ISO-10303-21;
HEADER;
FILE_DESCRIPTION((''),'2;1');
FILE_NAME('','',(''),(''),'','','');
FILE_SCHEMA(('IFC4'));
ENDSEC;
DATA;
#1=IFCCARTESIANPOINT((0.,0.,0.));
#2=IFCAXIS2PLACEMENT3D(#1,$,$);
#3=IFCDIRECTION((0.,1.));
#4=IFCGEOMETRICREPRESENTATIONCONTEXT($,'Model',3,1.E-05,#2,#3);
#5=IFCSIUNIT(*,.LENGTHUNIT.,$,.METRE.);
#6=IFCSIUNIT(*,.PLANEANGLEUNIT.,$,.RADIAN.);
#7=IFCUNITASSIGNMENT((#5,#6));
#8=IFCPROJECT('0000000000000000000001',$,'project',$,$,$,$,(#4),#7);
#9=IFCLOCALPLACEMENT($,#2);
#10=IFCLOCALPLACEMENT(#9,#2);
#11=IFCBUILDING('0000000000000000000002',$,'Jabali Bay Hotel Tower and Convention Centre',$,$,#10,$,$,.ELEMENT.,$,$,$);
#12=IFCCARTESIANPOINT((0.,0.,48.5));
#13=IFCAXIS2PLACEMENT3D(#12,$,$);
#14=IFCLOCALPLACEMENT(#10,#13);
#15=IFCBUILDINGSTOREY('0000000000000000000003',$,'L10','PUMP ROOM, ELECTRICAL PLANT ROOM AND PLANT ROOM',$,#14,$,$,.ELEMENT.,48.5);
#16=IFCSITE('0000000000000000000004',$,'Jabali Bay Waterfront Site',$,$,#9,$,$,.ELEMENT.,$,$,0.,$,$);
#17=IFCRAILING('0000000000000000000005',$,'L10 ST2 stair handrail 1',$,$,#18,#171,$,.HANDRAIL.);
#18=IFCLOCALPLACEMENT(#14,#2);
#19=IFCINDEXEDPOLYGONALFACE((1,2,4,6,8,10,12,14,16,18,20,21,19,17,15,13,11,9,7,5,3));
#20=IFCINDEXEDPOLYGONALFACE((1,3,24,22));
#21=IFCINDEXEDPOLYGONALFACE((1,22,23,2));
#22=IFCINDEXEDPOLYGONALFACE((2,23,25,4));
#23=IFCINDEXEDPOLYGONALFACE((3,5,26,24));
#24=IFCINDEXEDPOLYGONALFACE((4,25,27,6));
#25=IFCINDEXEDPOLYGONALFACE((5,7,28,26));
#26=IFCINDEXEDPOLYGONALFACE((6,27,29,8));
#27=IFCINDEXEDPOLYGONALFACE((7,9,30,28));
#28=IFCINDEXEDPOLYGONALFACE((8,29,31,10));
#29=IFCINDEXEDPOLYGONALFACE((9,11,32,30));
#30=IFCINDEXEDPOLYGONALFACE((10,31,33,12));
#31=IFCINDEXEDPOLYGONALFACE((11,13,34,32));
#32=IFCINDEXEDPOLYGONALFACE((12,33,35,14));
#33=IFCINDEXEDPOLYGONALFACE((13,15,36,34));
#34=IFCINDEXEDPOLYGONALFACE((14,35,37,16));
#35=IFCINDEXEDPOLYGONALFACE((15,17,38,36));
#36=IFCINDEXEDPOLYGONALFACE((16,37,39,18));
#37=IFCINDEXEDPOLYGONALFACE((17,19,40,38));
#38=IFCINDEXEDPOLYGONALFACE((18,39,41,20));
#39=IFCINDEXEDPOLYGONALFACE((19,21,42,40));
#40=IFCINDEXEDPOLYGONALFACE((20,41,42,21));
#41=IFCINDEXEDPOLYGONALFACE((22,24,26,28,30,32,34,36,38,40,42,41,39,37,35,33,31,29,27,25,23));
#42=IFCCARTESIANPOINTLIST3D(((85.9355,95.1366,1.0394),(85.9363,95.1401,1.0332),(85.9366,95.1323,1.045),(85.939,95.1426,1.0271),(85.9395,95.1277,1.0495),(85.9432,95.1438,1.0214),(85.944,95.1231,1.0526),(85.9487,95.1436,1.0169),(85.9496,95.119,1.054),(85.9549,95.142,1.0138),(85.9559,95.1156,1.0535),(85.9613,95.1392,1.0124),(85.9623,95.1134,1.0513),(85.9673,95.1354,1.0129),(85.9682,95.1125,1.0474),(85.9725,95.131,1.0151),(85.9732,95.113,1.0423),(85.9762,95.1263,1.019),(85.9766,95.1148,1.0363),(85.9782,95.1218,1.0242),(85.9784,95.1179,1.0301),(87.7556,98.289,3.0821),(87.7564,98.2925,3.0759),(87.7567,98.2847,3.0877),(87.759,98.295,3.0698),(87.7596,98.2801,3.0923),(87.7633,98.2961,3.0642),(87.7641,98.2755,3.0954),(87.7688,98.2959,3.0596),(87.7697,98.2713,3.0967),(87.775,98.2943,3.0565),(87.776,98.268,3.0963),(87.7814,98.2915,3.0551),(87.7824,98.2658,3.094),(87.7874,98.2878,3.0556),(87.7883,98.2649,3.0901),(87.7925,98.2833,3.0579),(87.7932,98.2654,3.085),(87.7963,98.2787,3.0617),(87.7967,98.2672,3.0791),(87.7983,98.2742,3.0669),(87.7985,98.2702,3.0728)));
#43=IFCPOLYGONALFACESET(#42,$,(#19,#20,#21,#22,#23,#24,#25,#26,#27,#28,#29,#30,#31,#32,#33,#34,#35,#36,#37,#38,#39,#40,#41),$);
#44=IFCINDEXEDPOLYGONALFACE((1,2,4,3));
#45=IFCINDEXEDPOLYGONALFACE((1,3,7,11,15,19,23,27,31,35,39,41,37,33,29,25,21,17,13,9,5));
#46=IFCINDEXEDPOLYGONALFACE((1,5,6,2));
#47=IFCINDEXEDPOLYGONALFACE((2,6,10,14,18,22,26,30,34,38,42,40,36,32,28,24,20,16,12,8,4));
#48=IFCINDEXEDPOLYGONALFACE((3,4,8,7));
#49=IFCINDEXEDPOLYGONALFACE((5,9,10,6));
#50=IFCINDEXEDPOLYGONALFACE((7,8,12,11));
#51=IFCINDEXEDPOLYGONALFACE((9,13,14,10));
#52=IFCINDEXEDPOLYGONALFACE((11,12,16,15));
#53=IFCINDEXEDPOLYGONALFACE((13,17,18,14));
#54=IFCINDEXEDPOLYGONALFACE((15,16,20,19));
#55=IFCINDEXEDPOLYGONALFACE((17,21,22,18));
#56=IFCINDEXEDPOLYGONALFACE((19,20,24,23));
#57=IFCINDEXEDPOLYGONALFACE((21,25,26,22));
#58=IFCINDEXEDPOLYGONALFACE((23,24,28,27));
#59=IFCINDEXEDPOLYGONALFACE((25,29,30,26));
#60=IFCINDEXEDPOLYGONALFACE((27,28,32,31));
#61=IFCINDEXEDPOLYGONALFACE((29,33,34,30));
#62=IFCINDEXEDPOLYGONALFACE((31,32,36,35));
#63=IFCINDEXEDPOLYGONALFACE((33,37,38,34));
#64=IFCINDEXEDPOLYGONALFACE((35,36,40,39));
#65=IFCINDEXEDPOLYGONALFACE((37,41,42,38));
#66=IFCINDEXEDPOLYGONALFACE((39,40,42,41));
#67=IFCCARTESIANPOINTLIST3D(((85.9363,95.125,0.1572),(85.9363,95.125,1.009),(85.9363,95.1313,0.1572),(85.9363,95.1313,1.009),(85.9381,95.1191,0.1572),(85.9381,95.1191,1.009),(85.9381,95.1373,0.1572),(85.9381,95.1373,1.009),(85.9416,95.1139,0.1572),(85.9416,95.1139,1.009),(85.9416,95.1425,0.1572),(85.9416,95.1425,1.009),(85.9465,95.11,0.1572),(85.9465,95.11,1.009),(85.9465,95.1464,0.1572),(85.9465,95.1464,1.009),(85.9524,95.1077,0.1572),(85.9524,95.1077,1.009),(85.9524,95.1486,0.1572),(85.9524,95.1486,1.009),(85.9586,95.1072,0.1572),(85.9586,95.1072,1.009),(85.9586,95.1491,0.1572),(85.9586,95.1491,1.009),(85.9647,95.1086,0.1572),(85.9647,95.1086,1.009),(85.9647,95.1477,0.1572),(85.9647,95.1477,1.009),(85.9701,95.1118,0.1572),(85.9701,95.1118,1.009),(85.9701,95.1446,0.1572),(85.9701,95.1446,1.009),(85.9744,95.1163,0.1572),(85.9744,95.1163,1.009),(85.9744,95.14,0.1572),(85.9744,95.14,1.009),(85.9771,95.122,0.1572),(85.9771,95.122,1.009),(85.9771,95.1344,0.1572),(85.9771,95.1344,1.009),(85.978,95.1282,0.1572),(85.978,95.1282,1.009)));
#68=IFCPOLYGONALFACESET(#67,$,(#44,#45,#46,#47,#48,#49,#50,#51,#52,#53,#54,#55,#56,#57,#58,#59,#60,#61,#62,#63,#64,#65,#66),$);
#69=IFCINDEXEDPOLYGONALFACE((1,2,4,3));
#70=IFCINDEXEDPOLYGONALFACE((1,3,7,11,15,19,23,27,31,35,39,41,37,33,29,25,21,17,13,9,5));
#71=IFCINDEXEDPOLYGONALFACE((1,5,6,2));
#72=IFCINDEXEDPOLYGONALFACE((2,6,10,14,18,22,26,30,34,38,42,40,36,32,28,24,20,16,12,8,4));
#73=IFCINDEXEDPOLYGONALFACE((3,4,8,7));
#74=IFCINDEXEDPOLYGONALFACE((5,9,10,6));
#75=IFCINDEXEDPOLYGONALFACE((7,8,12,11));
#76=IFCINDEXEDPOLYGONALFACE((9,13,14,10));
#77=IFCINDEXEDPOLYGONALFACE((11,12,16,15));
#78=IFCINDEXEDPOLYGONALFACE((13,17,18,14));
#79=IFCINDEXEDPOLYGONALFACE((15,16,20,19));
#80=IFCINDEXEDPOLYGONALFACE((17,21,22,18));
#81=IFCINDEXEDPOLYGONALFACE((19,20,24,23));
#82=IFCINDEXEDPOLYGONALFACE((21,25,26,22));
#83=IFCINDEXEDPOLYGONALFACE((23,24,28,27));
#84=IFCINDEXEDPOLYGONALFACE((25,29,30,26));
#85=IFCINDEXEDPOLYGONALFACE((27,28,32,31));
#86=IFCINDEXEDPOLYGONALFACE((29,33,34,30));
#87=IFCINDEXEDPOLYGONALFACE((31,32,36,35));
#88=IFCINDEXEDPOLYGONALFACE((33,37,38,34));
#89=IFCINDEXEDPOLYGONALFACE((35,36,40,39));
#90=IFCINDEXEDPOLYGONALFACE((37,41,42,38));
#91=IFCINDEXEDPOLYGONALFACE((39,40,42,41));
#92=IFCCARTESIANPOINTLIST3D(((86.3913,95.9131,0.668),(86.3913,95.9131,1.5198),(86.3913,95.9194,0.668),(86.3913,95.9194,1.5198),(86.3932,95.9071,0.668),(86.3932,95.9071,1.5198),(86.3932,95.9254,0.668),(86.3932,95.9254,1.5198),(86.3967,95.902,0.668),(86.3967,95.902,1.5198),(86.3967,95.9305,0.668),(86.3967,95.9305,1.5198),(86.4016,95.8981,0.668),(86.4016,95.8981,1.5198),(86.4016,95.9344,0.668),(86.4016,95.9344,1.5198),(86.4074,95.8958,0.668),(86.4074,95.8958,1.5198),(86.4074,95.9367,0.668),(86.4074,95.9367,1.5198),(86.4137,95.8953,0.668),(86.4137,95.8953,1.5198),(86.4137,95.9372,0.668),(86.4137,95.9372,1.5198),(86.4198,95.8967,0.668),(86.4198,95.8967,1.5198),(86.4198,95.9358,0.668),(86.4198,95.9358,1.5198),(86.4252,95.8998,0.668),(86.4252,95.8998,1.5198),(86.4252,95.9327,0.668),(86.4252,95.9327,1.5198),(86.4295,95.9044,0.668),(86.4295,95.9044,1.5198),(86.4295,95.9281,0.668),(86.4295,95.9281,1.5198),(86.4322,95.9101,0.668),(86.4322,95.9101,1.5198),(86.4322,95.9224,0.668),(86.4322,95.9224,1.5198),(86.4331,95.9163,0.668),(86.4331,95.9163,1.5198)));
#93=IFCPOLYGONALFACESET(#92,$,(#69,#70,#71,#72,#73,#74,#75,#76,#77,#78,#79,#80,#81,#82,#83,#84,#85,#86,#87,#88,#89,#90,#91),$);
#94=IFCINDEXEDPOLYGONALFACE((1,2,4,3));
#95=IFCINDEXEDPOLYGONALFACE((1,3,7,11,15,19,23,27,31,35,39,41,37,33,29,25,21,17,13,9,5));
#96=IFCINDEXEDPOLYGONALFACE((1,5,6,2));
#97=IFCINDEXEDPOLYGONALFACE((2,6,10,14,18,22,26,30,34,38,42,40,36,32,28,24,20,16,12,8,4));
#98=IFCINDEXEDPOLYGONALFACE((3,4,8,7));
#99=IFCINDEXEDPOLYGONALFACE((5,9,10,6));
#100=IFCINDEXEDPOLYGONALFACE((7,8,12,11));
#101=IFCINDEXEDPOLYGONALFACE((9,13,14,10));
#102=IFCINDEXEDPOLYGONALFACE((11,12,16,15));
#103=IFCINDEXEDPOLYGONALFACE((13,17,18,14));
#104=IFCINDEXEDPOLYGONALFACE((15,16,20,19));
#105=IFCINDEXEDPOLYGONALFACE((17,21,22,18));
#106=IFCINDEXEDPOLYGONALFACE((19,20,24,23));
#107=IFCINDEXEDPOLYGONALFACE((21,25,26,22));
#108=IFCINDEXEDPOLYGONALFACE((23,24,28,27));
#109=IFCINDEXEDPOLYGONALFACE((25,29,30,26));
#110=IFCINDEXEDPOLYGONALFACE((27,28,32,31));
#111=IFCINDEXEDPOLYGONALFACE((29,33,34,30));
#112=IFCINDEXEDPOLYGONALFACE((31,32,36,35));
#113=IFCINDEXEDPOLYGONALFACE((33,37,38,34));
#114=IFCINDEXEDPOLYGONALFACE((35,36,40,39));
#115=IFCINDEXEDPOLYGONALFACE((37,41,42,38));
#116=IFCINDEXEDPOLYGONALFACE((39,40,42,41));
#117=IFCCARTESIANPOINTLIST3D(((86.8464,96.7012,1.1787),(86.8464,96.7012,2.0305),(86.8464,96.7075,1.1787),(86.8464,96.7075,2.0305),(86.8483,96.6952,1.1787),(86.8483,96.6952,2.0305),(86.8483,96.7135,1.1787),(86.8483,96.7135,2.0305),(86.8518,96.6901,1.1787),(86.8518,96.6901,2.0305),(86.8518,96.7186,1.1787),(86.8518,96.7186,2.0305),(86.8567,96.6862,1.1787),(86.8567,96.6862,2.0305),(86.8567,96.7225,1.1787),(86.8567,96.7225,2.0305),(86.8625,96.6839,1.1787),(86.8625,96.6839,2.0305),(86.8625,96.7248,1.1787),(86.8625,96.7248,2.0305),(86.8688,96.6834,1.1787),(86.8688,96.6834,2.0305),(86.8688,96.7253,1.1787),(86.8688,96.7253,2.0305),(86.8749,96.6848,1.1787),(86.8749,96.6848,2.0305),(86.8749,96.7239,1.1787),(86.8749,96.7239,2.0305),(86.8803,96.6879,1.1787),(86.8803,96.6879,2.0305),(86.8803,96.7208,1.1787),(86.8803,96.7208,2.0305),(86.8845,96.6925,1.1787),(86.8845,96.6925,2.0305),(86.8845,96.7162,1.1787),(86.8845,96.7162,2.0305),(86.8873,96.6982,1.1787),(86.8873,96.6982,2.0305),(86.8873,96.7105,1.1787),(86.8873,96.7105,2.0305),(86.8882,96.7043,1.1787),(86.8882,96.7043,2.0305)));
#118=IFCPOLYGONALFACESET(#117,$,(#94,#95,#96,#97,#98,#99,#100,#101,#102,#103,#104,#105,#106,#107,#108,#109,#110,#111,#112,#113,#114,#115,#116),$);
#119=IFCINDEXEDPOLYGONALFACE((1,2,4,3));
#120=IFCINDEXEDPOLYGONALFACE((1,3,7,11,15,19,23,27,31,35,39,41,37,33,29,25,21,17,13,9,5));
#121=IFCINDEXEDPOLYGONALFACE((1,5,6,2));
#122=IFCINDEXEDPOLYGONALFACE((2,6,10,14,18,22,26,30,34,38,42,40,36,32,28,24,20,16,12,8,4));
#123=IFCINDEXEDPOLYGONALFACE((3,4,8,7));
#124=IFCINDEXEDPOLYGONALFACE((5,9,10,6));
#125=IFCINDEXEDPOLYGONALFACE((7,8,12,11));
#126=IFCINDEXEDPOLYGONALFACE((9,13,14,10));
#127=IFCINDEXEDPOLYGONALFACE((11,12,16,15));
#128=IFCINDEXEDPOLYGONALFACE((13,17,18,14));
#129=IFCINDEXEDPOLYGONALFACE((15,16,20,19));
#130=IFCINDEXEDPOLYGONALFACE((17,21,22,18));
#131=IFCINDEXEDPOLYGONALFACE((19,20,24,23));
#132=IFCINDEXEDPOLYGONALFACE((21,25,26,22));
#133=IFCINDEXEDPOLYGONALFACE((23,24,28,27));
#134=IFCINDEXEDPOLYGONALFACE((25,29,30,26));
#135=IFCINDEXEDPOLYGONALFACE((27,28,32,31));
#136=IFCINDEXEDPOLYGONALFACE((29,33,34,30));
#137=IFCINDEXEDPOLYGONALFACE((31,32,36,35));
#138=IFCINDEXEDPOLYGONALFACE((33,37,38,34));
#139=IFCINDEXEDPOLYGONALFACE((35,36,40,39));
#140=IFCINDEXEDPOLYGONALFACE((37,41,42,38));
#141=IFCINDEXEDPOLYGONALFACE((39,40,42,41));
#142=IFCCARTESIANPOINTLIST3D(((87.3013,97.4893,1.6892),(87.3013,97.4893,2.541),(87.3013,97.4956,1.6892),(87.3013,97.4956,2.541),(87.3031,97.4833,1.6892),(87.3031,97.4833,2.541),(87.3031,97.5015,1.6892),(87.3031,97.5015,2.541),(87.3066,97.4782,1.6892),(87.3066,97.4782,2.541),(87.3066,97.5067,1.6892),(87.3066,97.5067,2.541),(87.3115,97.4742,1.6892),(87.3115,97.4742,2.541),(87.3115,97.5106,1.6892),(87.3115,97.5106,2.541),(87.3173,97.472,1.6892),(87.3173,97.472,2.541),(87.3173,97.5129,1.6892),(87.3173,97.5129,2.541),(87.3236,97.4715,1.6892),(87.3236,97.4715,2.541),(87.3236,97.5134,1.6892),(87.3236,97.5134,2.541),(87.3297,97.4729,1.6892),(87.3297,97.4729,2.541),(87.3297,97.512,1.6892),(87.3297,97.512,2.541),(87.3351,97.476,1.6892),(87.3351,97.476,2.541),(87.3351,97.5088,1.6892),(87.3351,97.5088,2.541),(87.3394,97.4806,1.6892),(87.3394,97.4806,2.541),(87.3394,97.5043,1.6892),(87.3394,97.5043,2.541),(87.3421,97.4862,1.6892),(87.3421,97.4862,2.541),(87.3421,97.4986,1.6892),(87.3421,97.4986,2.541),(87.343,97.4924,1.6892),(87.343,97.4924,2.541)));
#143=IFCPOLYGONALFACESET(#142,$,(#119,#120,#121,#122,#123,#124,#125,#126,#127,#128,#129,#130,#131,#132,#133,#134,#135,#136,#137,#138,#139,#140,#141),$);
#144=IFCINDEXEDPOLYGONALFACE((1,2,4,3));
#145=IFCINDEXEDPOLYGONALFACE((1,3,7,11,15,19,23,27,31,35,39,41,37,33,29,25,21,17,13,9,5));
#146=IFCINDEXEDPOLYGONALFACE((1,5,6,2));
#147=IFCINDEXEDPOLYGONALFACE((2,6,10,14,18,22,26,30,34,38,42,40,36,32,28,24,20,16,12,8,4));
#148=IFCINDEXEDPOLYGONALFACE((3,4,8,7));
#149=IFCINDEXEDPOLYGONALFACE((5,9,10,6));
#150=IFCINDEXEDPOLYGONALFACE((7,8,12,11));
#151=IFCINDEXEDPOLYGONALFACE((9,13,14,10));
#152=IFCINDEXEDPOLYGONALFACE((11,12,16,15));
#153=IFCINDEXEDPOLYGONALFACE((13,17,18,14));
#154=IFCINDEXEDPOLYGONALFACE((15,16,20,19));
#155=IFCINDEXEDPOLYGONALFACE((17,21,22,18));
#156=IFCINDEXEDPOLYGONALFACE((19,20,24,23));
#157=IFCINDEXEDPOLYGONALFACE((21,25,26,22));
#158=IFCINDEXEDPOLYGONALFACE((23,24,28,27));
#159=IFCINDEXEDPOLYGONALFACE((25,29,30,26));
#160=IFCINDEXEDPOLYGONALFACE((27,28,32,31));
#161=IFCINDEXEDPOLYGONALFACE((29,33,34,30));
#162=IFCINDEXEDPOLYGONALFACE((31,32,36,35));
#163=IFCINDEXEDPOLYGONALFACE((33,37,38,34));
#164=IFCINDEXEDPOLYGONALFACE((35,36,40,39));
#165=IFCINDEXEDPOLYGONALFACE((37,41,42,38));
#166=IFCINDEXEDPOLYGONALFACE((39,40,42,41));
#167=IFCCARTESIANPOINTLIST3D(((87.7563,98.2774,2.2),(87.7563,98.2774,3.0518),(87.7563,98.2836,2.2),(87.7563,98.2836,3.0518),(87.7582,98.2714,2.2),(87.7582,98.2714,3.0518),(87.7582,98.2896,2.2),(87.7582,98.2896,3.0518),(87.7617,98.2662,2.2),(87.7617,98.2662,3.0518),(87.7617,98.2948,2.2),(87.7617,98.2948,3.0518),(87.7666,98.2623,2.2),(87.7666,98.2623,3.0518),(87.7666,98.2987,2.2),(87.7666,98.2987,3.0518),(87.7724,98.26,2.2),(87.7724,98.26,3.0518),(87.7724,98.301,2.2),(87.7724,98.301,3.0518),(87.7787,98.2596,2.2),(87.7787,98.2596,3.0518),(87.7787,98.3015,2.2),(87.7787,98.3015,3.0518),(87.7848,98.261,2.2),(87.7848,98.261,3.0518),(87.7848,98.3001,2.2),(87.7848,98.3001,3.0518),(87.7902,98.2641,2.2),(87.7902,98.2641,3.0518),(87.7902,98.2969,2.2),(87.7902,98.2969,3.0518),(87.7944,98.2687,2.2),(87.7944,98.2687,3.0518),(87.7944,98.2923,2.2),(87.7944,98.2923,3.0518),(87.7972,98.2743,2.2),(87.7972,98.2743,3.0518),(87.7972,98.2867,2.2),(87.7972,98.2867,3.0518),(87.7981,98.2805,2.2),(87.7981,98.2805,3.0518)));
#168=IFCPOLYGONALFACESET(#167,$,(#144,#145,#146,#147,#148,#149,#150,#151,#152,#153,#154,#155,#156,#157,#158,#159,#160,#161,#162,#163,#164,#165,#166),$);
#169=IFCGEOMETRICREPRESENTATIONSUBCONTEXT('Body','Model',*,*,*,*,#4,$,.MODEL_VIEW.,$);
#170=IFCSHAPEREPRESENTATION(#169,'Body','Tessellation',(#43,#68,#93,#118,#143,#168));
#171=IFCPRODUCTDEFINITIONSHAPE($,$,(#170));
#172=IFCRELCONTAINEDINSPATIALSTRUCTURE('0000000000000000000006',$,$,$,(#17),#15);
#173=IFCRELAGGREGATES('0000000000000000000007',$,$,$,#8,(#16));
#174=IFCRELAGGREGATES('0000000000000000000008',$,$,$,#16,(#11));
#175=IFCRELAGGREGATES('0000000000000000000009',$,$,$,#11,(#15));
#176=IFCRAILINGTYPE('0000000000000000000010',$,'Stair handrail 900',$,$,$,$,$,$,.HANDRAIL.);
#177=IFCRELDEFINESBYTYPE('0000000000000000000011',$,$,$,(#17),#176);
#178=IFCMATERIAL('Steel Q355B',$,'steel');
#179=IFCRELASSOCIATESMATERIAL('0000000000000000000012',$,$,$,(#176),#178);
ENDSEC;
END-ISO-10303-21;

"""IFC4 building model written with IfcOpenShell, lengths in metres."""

from ifc_helpers import new_model, si_unit, direction, frame, origin, origin_2d, place, context, subcontext, project, spatial, circle, extrude, material, type_object, element, save


model = new_model("IFC4")

# Units and contexts
model_context = context("Model", 3, precision=1e-05, world=origin(), true_north=direction((0.0, 1.0)))
body_context = subcontext(model_context, "Body", "Model", "MODEL_VIEW")
ifc_project = project(units=[si_unit("LENGTHUNIT", "METRE"), si_unit("PLANEANGLEUNIT", "RADIAN")], contexts=[model_context])

# Site, building, storey
site_placement = place(None, origin())
site = spatial("IfcSite", under=ifc_project, at=site_placement, Name="Jabali Bay Waterfront Site", CompositionType="ELEMENT", RefElevation=0.0)
building_placement = place(site_placement, origin())
building = spatial("IfcBuilding", under=site, at=building_placement, Name="Jabali Bay Hotel Tower and Convention Centre", CompositionType="ELEMENT")
storey_placement = place(building_placement, frame((0.0, 0.0, 48.5)))
storey = spatial("IfcBuildingStorey", under=building, at=storey_placement, Name="L10", Description="PUMP ROOM, ELECTRICAL PLANT ROOM AND PLANT ROOM", CompositionType="ELEMENT", Elevation=48.5)

# Railing
ifc_material_1 = material(Name="Steel Q355B", Category="steel")
railing_type_1 = type_object("IfcRailingType", Name="Stair handrail 900", PredefinedType="HANDRAIL", material=ifc_material_1)
railing_1_placement = place(storey_placement, frame((85.957, 95.1282, 0.1572)))
element("IfcRailing", 1, at=railing_1_placement, inside=storey, type_object=railing_type_1, Name="L10 ST2 stair handrail 1", PredefinedType="HANDRAIL", context=body_context, shape_type="SweptSolid", body=[
    extrude(circle(Radius=0.0239, at=origin_2d()), frame((0.0, 0.0, 0.876), z_axis=(0.436044, 0.755225, 0.489387), x_axis=(-0.866018, 0.500013, 0.0)), (0.0, 0.0, 1.0), 4.1741),
    extrude(circle(Radius=0.021, at=origin_2d()), origin(), (0.0, 0.0, 1.0), 0.8518),
    extrude(circle(Radius=0.021, at=origin_2d()), frame((0.4551, 0.7881, 0.5107)), (0.0, 0.0, 1.0), 0.8518),
    extrude(circle(Radius=0.021, at=origin_2d()), frame((0.9102, 1.5762, 1.0215)), (0.0, 0.0, 1.0), 0.8518),
    extrude(circle(Radius=0.021, at=origin_2d()), frame((1.365, 2.3643, 1.532)), (0.0, 0.0, 1.0), 0.8518),
    extrude(circle(Radius=0.021, at=origin_2d()), frame((1.8201, 3.1523, 2.0427)), (0.0, 0.0, 1.0), 0.8518),
])

save(model, "model.ifc")
